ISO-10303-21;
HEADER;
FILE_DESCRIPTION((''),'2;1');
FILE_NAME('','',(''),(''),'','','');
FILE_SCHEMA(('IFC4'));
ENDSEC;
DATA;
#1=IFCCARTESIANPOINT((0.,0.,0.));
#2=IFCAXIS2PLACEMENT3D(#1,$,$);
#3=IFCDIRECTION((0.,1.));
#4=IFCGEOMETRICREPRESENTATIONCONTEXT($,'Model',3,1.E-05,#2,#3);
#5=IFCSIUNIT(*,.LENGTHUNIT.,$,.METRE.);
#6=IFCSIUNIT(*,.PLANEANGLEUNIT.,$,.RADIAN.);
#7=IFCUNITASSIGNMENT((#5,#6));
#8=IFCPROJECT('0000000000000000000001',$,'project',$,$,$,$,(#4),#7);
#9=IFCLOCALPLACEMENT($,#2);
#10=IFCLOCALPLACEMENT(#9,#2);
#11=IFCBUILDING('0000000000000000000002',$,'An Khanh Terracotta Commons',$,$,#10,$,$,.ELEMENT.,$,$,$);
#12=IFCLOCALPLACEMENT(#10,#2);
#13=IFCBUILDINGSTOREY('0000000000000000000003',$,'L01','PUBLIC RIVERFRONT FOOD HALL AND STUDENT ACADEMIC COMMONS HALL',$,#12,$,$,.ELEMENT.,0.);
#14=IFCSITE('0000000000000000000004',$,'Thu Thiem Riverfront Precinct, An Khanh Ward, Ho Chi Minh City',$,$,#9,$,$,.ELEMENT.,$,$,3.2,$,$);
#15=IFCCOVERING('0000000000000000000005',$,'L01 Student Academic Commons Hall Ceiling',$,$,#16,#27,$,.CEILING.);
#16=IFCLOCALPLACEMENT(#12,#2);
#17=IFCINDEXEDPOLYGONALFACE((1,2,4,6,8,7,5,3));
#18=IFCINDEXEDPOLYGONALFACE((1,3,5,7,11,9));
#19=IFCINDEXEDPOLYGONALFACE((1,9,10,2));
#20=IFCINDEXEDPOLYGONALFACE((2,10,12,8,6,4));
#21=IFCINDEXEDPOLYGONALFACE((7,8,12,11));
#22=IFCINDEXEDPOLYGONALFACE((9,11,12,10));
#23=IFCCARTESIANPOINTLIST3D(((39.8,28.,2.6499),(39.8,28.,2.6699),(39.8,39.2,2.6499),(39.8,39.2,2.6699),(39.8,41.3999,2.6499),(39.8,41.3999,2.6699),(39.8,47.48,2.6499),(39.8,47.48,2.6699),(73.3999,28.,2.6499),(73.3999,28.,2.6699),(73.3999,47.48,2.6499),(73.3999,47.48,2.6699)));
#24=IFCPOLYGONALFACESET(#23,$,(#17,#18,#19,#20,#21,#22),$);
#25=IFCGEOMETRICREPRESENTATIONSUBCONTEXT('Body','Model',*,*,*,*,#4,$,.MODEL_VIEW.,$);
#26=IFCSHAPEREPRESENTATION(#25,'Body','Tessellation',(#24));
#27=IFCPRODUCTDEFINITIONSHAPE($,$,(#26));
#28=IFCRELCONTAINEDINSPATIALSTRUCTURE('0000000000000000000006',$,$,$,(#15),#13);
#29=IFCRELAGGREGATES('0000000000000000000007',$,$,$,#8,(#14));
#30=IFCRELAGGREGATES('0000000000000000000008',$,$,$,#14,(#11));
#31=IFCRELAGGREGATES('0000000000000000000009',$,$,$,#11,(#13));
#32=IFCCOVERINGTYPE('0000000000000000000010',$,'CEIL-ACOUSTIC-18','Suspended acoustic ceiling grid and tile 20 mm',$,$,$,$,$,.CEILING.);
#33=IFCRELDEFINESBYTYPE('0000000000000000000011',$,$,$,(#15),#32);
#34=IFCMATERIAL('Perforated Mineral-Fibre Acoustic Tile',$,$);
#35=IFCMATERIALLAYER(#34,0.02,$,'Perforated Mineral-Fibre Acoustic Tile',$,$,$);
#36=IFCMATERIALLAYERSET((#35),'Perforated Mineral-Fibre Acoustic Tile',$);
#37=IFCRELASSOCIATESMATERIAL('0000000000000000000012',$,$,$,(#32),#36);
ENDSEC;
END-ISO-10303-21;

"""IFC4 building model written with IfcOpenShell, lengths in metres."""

from ifc_helpers import new_model, si_unit, direction, frame, origin, place, context, subcontext, project, spatial, polyline, outline, extrude, material, layer, layer_set, type_object, element, save


model = new_model("IFC4")

# Units and contexts
model_context = context("Model", 3, precision=1e-05, world=origin(), true_north=direction((0.0, 1.0)))
body_context = subcontext(model_context, "Body", "Model", "MODEL_VIEW")
ifc_project = project(units=[si_unit("LENGTHUNIT", "METRE"), si_unit("PLANEANGLEUNIT", "RADIAN")], contexts=[model_context])

# Site, building, storey
site_placement = place(None, origin())
site = spatial("IfcSite", under=ifc_project, at=site_placement, Name="Thu Thiem Riverfront Precinct, An Khanh Ward, Ho Chi Minh City", CompositionType="ELEMENT", RefElevation=3.2)
building_placement = place(site_placement, origin())
building = spatial("IfcBuilding", under=site, at=building_placement, Name="An Khanh Terracotta Commons", CompositionType="ELEMENT")
storey_placement = place(building_placement, origin())
storey = spatial("IfcBuildingStorey", under=building, at=storey_placement, Name="L01", Description="PUBLIC RIVERFRONT FOOD HALL AND STUDENT ACADEMIC COMMONS HALL", CompositionType="ELEMENT", Elevation=0.0)

# Covering
ifc_material_1 = material(Name="Perforated Mineral-Fibre Acoustic Tile")
ifc_layer_1 = layer(ifc_material_1, 0.02, Name="Perforated Mineral-Fibre Acoustic Tile")
ifc_layer_set_1 = layer_set([ifc_layer_1], Name="Perforated Mineral-Fibre Acoustic Tile")
covering_type = type_object("IfcCoveringType", Name="CEIL-ACOUSTIC-18", Description="Suspended acoustic ceiling grid and tile 20 mm", PredefinedType="CEILING", material=ifc_layer_set_1)
covering_1_placement = place(storey_placement, frame((0.0, 0.0, 2.6499)))
element("IfcCovering", 1, at=covering_1_placement, inside=storey, type_object=covering_type, Name="L01 Student Academic Commons Hall Ceiling", PredefinedType="CEILING", context=body_context, shape_type="SweptSolid", body=[
    extrude(outline(polyline([(39.8, 39.2), (39.8, 41.3999), (39.8, 47.48), (73.3999, 47.48), (73.3999, 28.0), (39.8, 28.0), (39.8, 39.2)])), origin(), (0.0, 0.0, 1.0), 0.02),
])

save(model, "model.ifc")
